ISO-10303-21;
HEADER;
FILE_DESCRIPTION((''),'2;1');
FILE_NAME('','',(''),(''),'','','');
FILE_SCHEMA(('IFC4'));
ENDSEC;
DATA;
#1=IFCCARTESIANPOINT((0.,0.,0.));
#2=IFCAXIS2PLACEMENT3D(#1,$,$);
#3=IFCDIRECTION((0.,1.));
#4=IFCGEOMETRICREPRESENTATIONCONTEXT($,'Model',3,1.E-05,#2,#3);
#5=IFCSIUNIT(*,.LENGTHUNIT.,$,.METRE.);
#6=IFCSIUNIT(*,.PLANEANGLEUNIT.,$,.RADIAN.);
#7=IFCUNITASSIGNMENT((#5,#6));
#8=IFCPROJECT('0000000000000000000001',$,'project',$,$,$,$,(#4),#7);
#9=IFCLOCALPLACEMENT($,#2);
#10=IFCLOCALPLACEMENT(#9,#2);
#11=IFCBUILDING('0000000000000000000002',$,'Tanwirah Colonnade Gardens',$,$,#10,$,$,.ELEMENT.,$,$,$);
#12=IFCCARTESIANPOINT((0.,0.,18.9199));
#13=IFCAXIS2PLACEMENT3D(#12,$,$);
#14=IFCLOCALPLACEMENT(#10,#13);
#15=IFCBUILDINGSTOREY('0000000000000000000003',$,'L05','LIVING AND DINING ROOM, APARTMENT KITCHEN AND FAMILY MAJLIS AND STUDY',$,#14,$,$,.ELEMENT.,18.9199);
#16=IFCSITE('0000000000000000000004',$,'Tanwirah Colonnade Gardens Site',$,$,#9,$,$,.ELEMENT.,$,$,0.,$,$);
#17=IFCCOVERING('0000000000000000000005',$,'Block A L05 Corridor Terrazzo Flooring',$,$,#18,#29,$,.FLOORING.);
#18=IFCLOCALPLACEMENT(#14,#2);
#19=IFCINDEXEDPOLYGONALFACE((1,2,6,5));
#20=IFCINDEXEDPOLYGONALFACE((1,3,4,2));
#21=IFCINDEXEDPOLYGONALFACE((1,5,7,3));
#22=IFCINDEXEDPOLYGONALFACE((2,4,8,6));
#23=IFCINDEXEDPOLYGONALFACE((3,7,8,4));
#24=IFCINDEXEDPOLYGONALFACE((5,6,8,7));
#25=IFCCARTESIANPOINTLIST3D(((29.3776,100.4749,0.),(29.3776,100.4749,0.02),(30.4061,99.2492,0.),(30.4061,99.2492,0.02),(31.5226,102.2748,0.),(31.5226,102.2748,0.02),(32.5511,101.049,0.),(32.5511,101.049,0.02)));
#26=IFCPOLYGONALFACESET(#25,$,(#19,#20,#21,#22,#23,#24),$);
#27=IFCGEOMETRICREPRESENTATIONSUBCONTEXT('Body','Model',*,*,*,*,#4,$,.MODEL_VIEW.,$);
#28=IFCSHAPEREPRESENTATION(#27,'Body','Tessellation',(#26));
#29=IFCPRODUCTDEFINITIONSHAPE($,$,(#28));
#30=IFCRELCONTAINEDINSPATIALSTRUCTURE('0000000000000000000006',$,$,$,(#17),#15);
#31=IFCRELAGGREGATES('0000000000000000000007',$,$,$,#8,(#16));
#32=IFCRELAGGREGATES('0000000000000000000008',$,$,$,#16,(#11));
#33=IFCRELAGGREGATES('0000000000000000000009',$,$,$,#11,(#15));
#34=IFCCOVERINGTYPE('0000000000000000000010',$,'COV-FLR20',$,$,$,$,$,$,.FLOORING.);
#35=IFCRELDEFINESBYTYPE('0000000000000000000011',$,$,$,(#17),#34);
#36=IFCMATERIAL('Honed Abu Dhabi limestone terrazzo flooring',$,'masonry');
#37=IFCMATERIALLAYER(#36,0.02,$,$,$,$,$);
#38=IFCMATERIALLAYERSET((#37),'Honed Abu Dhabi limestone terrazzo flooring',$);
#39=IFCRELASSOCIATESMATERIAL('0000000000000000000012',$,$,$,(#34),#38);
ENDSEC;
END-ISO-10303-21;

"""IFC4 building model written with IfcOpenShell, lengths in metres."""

from ifc_helpers import new_model, si_unit, direction, frame, origin, origin_2d, place, context, subcontext, project, spatial, rectangle, extrude, material, layer, layer_set, type_object, element, save


model = new_model("IFC4")

# Units and contexts
model_context = context("Model", 3, precision=1e-05, world=origin(), true_north=direction((0.0, 1.0)))
body_context = subcontext(model_context, "Body", "Model", "MODEL_VIEW")
ifc_project = project(units=[si_unit("LENGTHUNIT", "METRE"), si_unit("PLANEANGLEUNIT", "RADIAN")], contexts=[model_context])

# Site, building, storey
site_placement = place(None, origin())
site = spatial("IfcSite", under=ifc_project, at=site_placement, Name="Tanwirah Colonnade Gardens Site", CompositionType="ELEMENT", RefElevation=0.0)
building_placement = place(site_placement, origin())
building = spatial("IfcBuilding", under=site, at=building_placement, Name="Tanwirah Colonnade Gardens", CompositionType="ELEMENT")
storey_placement = place(building_placement, frame((0.0, 0.0, 18.9199)))
storey = spatial("IfcBuildingStorey", under=building, at=storey_placement, Name="L05", Description="LIVING AND DINING ROOM, APARTMENT KITCHEN AND FAMILY MAJLIS AND STUDY", CompositionType="ELEMENT", Elevation=18.9199)

# Covering
ifc_material_1 = material(Name="Honed Abu Dhabi limestone terrazzo flooring", Category="masonry")
ifc_layer_1 = layer(ifc_material_1, 0.02)
ifc_layer_set_1 = layer_set([ifc_layer_1], Name="Honed Abu Dhabi limestone terrazzo flooring")
covering_type_1 = type_object("IfcCoveringType", Name="COV-FLR20", PredefinedType="FLOORING", material=ifc_layer_set_1)
covering_1_placement = place(storey_placement, frame((30.9644, 100.762, 0.0), z_axis=(0.0, 0.0, 1.0), x_axis=(-0.766044, -0.642788, 0.0)))
element("IfcCovering", 1, at=covering_1_placement, inside=storey, type_object=covering_type_1, Name="Block A L05 Corridor Terrazzo Flooring", PredefinedType="FLOORING", context=body_context, shape_type="SweptSolid", body=[
    extrude(rectangle(XDim=2.8, YDim=1.6001, at=origin_2d()), origin(), (0.0, 0.0, 1.0), 0.02),
])

save(model, "model.ifc")
